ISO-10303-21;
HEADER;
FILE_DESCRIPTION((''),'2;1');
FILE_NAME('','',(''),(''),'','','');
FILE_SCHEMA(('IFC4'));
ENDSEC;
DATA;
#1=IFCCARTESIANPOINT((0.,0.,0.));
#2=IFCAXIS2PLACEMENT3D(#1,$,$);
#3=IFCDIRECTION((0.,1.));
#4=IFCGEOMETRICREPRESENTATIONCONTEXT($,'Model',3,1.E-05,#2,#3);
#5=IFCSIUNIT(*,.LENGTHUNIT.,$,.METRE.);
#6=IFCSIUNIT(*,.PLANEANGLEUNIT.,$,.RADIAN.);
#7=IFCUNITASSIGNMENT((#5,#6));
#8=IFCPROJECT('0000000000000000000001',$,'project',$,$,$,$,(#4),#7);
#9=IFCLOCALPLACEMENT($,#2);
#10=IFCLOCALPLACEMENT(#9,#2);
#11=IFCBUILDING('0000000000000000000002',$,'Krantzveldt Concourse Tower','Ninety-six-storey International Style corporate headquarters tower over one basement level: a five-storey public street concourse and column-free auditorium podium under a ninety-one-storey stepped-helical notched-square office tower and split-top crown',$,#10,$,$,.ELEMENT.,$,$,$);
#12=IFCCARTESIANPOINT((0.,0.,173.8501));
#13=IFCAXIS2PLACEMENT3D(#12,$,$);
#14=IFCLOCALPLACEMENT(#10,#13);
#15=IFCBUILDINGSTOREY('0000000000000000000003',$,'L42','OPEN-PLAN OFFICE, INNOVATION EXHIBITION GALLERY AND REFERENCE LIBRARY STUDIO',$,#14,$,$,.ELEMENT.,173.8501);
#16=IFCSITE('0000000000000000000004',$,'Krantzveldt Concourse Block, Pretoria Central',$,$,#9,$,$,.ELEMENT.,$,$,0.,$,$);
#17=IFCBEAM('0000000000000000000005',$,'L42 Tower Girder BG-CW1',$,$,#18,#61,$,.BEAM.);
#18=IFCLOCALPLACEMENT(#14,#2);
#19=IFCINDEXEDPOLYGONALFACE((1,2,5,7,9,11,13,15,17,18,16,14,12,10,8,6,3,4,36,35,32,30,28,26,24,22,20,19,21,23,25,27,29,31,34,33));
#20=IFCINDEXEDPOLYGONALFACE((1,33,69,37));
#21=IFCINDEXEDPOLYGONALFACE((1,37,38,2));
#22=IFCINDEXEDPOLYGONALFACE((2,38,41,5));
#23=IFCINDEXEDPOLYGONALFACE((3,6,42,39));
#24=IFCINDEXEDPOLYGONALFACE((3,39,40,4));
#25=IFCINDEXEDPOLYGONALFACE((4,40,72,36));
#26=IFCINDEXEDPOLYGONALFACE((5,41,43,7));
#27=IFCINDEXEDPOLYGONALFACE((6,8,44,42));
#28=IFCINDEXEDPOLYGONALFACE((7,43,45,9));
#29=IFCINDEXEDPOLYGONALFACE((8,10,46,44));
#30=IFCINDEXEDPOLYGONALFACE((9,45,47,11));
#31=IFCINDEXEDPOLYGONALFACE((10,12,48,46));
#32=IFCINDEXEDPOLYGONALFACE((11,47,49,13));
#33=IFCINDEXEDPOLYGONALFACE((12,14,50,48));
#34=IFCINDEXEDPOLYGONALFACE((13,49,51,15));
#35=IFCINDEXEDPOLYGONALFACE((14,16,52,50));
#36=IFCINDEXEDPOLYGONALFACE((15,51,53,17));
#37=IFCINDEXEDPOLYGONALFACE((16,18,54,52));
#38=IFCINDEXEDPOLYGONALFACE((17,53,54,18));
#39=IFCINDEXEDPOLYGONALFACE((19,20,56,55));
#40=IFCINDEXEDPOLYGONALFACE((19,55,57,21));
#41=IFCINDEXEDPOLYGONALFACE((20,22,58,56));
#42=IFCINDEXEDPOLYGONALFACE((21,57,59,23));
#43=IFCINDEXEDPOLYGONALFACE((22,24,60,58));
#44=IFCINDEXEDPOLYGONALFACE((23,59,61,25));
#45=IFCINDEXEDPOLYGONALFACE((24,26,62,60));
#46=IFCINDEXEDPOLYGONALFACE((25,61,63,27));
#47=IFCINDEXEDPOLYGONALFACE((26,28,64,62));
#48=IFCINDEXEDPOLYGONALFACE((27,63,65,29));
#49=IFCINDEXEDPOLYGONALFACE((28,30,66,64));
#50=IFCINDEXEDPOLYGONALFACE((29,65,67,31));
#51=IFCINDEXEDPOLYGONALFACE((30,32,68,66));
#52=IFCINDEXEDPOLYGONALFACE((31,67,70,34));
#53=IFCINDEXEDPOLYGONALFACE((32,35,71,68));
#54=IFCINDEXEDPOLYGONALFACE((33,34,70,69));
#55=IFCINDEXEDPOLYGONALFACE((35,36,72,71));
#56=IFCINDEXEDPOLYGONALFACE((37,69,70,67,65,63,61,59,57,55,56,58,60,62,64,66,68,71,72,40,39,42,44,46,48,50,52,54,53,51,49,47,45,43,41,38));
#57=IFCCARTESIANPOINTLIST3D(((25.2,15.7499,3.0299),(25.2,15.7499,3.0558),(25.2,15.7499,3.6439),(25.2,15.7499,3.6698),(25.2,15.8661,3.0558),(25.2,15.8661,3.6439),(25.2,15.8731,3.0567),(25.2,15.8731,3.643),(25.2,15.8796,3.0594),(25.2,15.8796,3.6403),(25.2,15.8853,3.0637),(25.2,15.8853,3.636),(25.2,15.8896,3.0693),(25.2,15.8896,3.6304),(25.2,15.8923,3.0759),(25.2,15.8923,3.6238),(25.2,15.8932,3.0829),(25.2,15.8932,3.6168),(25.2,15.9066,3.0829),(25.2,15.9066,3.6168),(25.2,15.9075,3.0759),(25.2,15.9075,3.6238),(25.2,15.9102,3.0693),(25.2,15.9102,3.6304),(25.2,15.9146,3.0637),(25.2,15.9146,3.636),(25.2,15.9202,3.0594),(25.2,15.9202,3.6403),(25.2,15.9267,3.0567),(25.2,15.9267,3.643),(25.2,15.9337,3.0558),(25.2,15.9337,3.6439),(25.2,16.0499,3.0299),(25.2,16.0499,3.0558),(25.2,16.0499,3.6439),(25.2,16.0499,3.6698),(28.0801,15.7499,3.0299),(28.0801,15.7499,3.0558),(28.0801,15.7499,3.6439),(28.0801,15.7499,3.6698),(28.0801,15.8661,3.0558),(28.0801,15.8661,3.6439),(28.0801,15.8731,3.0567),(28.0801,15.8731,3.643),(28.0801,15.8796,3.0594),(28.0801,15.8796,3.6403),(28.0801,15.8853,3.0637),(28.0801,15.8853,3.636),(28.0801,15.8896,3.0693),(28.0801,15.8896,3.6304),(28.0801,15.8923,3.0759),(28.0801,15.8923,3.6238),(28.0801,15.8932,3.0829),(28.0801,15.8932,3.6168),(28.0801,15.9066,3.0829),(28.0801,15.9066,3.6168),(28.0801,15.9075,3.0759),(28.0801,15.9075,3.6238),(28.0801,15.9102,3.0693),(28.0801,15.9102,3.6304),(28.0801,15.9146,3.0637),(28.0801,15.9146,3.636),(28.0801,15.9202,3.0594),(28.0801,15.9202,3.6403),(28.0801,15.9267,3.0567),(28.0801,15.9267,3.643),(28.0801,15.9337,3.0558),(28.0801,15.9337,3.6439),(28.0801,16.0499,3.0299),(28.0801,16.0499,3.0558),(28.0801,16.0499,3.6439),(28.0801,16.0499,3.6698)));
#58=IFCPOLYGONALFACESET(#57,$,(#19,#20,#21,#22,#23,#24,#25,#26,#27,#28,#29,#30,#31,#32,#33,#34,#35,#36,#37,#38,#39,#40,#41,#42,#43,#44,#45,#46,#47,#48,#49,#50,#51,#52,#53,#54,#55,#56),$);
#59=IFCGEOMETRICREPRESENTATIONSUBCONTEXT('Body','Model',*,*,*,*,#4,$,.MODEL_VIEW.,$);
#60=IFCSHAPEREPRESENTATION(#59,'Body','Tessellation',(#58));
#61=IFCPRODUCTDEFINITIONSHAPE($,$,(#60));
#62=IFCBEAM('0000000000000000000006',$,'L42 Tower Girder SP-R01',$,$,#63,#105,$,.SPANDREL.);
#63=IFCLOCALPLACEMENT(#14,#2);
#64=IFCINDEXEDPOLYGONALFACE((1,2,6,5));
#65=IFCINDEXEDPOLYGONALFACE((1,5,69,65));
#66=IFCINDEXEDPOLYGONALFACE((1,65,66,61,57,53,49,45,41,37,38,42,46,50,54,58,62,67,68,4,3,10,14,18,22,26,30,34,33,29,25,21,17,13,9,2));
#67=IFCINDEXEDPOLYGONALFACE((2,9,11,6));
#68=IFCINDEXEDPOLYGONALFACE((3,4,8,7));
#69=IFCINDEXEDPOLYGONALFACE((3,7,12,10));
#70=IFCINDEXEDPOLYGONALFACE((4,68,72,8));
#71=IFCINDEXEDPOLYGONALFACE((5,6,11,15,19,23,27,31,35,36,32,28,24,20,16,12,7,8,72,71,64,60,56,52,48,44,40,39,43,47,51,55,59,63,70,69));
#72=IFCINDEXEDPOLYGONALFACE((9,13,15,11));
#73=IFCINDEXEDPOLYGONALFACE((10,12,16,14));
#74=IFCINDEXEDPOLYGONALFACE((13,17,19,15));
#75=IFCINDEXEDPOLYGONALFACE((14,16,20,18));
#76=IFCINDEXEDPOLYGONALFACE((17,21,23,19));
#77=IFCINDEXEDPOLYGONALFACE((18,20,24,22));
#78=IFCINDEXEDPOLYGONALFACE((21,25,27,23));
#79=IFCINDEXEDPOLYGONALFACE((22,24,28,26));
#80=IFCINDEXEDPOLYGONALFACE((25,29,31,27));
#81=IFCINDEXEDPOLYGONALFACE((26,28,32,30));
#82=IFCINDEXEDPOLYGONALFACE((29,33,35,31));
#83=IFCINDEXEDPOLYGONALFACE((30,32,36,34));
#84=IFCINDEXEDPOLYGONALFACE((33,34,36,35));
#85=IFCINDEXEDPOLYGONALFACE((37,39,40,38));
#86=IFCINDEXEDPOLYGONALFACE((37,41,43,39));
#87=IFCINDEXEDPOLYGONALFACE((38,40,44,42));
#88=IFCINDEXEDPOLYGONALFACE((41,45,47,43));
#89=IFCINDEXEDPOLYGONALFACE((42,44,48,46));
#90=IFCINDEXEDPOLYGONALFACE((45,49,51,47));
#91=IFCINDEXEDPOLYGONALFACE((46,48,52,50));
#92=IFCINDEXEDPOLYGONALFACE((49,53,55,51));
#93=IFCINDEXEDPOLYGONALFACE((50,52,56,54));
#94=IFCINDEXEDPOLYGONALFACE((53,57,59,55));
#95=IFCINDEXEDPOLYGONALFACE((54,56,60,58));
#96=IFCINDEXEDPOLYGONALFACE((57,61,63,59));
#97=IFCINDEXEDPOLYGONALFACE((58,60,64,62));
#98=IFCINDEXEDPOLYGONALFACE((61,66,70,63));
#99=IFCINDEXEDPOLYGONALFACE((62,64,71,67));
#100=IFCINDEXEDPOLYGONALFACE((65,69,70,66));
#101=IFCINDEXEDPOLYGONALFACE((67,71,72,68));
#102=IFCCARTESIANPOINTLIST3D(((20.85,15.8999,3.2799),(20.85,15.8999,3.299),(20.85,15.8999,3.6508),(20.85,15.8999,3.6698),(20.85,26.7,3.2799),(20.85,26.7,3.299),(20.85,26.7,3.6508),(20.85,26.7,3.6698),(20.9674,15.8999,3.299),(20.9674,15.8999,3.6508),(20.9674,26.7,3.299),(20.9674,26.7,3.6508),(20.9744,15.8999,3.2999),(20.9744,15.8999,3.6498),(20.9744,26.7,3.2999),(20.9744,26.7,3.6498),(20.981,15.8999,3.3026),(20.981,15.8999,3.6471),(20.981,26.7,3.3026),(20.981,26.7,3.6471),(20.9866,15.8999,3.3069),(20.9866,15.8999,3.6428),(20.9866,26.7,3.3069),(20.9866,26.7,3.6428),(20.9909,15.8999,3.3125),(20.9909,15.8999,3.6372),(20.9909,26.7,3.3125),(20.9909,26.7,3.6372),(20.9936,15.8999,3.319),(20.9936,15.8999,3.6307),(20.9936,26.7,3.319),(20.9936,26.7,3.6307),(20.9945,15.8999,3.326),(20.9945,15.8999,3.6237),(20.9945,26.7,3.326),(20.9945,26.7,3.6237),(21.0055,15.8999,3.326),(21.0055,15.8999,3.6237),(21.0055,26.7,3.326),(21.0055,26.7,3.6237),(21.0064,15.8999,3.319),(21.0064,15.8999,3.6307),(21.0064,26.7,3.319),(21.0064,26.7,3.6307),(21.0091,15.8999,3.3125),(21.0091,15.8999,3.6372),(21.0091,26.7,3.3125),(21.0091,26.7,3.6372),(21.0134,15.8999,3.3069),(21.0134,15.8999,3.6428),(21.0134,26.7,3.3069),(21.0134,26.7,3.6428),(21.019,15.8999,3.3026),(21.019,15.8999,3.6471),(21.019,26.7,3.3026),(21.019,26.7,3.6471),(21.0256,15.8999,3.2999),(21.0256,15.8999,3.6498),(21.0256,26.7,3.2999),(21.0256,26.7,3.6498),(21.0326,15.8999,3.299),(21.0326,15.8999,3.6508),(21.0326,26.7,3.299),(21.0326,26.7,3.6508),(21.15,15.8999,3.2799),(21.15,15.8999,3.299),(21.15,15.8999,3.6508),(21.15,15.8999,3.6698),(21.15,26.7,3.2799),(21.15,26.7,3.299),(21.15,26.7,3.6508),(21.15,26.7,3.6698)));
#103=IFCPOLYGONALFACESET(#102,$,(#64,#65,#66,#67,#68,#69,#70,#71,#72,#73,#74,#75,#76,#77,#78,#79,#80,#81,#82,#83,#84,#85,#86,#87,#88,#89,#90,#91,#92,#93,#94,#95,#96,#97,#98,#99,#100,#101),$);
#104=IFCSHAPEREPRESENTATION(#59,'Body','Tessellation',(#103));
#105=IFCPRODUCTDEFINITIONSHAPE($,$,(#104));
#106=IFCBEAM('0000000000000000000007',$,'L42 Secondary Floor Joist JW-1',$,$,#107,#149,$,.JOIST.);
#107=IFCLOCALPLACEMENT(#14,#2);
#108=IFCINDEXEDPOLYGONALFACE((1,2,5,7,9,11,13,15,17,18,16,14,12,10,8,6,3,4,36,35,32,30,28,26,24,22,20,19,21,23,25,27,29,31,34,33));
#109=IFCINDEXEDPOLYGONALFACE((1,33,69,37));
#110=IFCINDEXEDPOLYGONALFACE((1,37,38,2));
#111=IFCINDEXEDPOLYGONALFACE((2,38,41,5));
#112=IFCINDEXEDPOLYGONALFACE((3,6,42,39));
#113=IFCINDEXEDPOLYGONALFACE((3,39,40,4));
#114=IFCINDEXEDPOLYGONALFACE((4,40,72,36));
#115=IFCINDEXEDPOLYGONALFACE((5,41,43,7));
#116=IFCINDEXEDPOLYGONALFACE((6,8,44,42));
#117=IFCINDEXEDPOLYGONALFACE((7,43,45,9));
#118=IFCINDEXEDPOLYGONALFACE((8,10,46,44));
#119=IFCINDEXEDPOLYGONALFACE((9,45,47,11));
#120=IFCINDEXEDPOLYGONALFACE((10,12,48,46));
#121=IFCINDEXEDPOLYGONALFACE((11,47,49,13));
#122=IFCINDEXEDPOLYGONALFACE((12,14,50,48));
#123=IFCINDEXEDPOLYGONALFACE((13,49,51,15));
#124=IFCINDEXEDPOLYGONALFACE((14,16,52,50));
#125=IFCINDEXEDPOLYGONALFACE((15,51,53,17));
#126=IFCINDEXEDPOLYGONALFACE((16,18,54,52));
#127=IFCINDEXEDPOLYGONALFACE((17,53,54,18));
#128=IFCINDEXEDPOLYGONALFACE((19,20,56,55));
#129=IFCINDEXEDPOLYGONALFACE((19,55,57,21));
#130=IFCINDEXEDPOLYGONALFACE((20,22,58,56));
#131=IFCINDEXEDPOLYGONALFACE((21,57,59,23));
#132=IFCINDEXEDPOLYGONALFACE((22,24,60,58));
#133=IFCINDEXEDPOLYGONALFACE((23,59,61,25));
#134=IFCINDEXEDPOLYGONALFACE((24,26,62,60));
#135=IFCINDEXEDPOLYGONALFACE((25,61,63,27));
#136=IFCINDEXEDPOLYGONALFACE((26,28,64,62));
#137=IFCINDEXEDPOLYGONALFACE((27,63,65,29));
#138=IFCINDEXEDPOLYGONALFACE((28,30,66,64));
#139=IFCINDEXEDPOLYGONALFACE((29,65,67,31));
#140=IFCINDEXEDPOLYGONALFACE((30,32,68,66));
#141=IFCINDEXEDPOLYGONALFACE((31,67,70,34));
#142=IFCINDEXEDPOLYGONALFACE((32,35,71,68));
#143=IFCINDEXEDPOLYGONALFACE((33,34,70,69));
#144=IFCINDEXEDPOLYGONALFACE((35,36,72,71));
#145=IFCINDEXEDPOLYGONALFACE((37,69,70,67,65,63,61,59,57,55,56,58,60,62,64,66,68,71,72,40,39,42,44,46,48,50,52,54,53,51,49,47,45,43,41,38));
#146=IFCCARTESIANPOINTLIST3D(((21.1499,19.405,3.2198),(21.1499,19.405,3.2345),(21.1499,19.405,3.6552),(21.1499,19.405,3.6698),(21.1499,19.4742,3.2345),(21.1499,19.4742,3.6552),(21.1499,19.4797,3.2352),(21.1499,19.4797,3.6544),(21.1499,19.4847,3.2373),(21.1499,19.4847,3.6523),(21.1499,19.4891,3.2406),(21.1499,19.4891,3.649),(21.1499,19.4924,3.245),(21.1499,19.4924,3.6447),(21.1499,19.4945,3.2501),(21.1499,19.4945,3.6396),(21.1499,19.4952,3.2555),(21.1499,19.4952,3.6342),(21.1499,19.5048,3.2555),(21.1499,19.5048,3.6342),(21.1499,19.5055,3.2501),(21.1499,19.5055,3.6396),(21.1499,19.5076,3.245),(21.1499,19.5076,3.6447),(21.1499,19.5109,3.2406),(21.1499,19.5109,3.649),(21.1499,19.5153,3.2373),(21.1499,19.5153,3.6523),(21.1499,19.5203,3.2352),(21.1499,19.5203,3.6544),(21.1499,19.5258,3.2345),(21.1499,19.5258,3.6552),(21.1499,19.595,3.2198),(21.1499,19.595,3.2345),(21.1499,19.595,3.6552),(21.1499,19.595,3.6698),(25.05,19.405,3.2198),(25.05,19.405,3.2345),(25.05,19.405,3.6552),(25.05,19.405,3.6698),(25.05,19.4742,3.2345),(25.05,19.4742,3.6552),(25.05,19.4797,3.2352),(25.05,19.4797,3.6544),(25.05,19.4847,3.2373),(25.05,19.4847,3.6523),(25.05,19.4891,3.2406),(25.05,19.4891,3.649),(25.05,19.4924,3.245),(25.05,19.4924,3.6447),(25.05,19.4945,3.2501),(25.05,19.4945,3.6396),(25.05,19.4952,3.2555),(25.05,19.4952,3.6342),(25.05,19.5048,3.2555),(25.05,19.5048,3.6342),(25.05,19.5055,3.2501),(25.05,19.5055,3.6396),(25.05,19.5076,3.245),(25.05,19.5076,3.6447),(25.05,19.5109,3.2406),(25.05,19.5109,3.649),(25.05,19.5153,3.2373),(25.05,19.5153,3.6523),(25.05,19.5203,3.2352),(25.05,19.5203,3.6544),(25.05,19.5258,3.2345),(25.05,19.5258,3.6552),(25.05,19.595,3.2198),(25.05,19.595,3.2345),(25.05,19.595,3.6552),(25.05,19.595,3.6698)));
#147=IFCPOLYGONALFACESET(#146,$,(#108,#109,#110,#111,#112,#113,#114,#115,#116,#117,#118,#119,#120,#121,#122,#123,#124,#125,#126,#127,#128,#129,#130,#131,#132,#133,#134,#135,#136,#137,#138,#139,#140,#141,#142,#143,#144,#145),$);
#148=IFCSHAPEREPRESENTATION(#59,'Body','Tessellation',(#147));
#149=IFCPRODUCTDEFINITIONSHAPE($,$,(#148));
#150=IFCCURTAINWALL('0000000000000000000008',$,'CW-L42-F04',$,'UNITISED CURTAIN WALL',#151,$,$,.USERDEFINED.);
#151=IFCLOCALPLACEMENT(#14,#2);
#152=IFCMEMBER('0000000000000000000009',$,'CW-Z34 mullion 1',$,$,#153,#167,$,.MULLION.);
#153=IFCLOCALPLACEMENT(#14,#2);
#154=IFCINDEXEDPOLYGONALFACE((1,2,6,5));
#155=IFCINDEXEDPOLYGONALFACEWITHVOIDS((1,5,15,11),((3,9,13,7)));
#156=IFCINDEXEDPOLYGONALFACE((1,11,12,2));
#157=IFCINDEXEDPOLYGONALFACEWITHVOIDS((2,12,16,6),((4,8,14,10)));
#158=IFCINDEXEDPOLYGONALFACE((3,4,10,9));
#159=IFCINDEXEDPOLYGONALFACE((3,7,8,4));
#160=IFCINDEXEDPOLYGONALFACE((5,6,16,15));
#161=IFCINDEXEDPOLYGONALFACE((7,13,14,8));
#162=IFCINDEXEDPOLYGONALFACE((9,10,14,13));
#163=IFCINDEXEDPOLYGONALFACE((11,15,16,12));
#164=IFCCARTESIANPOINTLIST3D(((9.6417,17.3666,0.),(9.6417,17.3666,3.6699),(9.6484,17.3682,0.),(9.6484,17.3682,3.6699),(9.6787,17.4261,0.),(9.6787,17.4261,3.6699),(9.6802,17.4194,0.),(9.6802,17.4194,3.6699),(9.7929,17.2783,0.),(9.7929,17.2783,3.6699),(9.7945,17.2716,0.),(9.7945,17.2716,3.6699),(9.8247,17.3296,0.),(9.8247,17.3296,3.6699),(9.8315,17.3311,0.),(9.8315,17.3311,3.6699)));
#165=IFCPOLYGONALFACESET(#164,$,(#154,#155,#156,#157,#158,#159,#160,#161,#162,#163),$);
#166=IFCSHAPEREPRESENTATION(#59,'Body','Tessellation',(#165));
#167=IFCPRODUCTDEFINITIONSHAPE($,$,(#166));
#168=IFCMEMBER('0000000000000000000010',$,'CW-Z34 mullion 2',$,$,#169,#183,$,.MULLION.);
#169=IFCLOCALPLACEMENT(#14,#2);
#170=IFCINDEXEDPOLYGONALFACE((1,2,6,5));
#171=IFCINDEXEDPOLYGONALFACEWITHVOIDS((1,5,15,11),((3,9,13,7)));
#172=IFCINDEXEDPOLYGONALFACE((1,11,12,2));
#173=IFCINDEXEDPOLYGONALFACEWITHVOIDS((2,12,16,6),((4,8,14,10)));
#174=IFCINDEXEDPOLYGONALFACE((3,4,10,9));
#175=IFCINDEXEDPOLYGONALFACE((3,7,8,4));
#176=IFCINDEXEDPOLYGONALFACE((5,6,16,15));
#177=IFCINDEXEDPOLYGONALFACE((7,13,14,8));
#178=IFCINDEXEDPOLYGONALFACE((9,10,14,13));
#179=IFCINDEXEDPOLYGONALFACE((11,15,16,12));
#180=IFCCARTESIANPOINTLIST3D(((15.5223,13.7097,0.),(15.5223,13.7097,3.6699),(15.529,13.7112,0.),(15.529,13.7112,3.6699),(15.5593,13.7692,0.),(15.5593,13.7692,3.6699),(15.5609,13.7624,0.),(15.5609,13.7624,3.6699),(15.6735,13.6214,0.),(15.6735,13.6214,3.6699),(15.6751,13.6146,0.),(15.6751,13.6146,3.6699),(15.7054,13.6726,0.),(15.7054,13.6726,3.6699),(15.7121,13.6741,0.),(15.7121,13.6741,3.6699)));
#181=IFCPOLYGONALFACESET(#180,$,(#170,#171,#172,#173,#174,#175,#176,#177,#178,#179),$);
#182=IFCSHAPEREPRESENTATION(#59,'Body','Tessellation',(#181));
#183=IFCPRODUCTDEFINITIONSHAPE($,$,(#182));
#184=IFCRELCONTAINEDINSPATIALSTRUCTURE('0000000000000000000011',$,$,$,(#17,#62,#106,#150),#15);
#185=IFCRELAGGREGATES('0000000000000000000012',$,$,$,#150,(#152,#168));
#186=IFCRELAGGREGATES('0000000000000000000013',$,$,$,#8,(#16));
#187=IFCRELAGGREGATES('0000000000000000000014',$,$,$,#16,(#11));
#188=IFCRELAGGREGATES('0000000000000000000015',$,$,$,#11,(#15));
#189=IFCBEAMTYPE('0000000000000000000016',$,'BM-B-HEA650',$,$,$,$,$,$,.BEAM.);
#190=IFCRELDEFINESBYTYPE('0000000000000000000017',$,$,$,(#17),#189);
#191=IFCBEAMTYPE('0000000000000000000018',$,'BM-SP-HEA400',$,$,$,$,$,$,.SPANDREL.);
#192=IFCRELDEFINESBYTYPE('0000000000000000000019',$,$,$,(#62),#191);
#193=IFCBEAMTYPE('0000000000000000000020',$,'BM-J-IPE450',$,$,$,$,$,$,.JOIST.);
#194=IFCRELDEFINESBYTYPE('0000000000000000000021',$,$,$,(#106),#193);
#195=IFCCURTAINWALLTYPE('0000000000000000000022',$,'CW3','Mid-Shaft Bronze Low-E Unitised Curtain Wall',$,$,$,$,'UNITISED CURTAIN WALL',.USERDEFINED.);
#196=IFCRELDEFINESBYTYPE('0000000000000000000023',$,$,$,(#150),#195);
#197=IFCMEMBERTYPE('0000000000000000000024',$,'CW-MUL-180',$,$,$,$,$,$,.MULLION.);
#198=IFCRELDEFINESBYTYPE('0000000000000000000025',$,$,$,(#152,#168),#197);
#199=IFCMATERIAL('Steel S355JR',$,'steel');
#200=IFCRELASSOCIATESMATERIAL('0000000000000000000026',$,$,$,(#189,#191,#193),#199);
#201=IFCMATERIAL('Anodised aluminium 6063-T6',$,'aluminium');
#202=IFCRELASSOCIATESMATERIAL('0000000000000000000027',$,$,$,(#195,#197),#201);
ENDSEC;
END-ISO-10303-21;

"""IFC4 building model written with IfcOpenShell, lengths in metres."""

from ifc_helpers import new_model, si_unit, direction, frame, origin, origin_2d, place, context, subcontext, project, spatial, hollow_rectangle, i_section, extrude, source, transform, mapped, material, material_profile, profile_set, type_object, type_shapes, element, aggregate, save


model = new_model("IFC4")

# Units and contexts
model_context = context("Model", 3, precision=1e-05, world=origin(), true_north=direction((0.0, 1.0)))
body_context = subcontext(model_context, "Body", "Model", "MODEL_VIEW")
ifc_project = project(units=[si_unit("LENGTHUNIT", "METRE"), si_unit("PLANEANGLEUNIT", "RADIAN")], contexts=[model_context])

# Site, building, storey
site_placement = place(None, origin())
site = spatial("IfcSite", under=ifc_project, at=site_placement, Name="Krantzveldt Concourse Block, Pretoria Central", CompositionType="ELEMENT", RefElevation=0.0)
building_placement = place(site_placement, origin())
building = spatial("IfcBuilding", under=site, at=building_placement, Name="Krantzveldt Concourse Tower", Description="Ninety-six-storey International Style corporate headquarters tower over one basement level: a five-storey public street concourse and column-free auditorium podium under a ninety-one-storey stepped-helical notched-square office tower and split-top crown", CompositionType="ELEMENT")
storey_placement = place(building_placement, frame((0.0, 0.0, 173.8501)))
storey = spatial("IfcBuildingStorey", under=building, at=storey_placement, Name="L42", Description="OPEN-PLAN OFFICE, INNOVATION EXHIBITION GALLERY AND REFERENCE LIBRARY STUDIO", CompositionType="ELEMENT", Elevation=173.8501)

# Beams
ifc_material_1 = material(Name="Steel S355JR", Category="steel")
ifc_material_profile_1 = material_profile(ifc_material_1, i_section(OverallWidth=0.3, OverallDepth=0.6399, WebThickness=0.0134, FlangeThickness=0.0259, FilletRadius=0.0271, at=origin_2d()), Name="Steel S355JR", Category="steel")
ifc_profile_set_1 = profile_set([ifc_material_profile_1], Name="Steel S355JR - HEA 650")
beam_type_1 = type_object("IfcBeamType", Name="BM-B-HEA650", PredefinedType="BEAM", material=ifc_profile_set_1)
shared_shape_1 = source(origin(), body_context, "Body", "SweptSolid", [
    extrude(i_section(OverallWidth=0.3, OverallDepth=0.6399, WebThickness=0.0134, FlangeThickness=0.0259, FilletRadius=0.0271, at=origin_2d()), origin(), (0.0, 0.0, 1.0), 2.8801),
])
beam_1_placement = place(storey_placement, frame((25.2, 15.8999, 3.3499), z_axis=(1.0, 0.0, 0.0), x_axis=(0.0, 1.0, 0.0)))
element("IfcBeam", 1, at=beam_1_placement, inside=storey, type_object=beam_type_1, Name="L42 Tower Girder BG-CW1", PredefinedType="BEAM", context=body_context, shape_type="MappedRepresentation", body=[
    mapped(shared_shape_1, transform((0.0, 0.0, 0.0), x_axis=(1.0, 0.0, 0.0), y_axis=(0.0, 1.0, 0.0), z_axis=(0.0, 0.0, 1.0), scale=1.0)),
])
ifc_material_profile_2 = material_profile(ifc_material_1, i_section(OverallWidth=0.3, OverallDepth=0.3899, WebThickness=0.011, FlangeThickness=0.019, FilletRadius=0.0271, at=origin_2d()), Name="Steel S355JR", Category="steel")
ifc_profile_set_2 = profile_set([ifc_material_profile_2], Name="Steel S355JR - HEA 400")
beam_type_2 = type_object("IfcBeamType", Name="BM-SP-HEA400", PredefinedType="SPANDREL", material=ifc_profile_set_2)
shared_shape_2 = source(origin(), body_context, "Body", "SweptSolid", [
    extrude(i_section(OverallWidth=0.3, OverallDepth=0.3899, WebThickness=0.011, FlangeThickness=0.019, FilletRadius=0.0271, at=origin_2d()), origin(), (0.0, 0.0, 1.0), 10.8),
])
type_shapes(beam_type_2, [shared_shape_2])
beam_2_placement = place(storey_placement, frame((21.0, 15.8999, 3.4749), z_axis=(0.0, 1.0, 0.0), x_axis=(-1.0, 0.0, 0.0)))
element("IfcBeam", 2, at=beam_2_placement, inside=storey, type_object=beam_type_2, Name="L42 Tower Girder SP-R01", PredefinedType="SPANDREL", context=body_context, shape_type="MappedRepresentation", body=[
    mapped(shared_shape_2, transform((0.0, 0.0, 0.0), x_axis=(1.0, 0.0, 0.0), y_axis=(0.0, 1.0, 0.0), z_axis=(0.0, 0.0, 1.0), scale=1.0)),
])
ifc_material_profile_3 = material_profile(ifc_material_1, i_section(OverallWidth=0.1899, OverallDepth=0.45, WebThickness=0.0095, FlangeThickness=0.0146, FilletRadius=0.021, at=origin_2d()), Name="Steel S355JR", Category="steel")
ifc_profile_set_3 = profile_set([ifc_material_profile_3], Name="Steel S355JR - IPE 450")
beam_type_3 = type_object("IfcBeamType", Name="BM-J-IPE450", PredefinedType="JOIST", material=ifc_profile_set_3)
shared_shape_3 = source(origin(), body_context, "Body", "SweptSolid", [
    extrude(i_section(OverallWidth=0.1899, OverallDepth=0.45, WebThickness=0.0095, FlangeThickness=0.0146, FilletRadius=0.021, at=origin_2d()), origin(), (0.0, 0.0, 1.0), 3.9001),
])
type_shapes(beam_type_3, [shared_shape_3])
beam_3_placement = place(storey_placement, frame((21.1499, 19.5, 3.4448), z_axis=(1.0, 0.0, 0.0), x_axis=(0.0, 1.0, 0.0)))
element("IfcBeam", 3, at=beam_3_placement, inside=storey, type_object=beam_type_3, Name="L42 Secondary Floor Joist JW-1", PredefinedType="JOIST", context=body_context, shape_type="MappedRepresentation", body=[
    mapped(shared_shape_3, transform((0.0, 0.0, 0.0), x_axis=(1.0, 0.0, 0.0), y_axis=(0.0, 1.0, 0.0), z_axis=(0.0, 0.0, 1.0), scale=1.0)),
])

# Curtain wall, members
ifc_material_2 = material(Name="Anodised aluminium 6063-T6", Category="aluminium")
curtain_wall_type = type_object("IfcCurtainWallType", Name="CW3", Description="Mid-Shaft Bronze Low-E Unitised Curtain Wall", ElementType="UNITISED CURTAIN WALL", PredefinedType="USERDEFINED", material=ifc_material_2)
curtain_wall_placement = place(storey_placement, origin())
curtain_wall = element("IfcCurtainWall", 4, at=curtain_wall_placement, inside=storey, type_object=curtain_wall_type, Name="CW-L42-F04", ObjectType="UNITISED CURTAIN WALL", PredefinedType="USERDEFINED")
ifc_material_profile_4 = material_profile(ifc_material_2, hollow_rectangle(XDim=0.0701, YDim=0.1799, WallThickness=0.0049, at=origin_2d()), Name="Anodised aluminium 6063-T6", Category="aluminium")
ifc_profile_set_4 = profile_set([ifc_material_profile_4], Name="Anodised aluminium 6063-T6 - ALU-MULL 180x70x5")
member_type_1 = type_object("IfcMemberType", Name="CW-MUL-180", PredefinedType="MULLION", material=ifc_profile_set_4)
shared_shape_4 = source(origin(), body_context, "Body", "SweptSolid", [
    extrude(hollow_rectangle(XDim=0.0701, YDim=0.1799, WallThickness=0.0049, at=origin_2d()), origin(), (0.0, 0.0, 1.0), 3.6699),
])
type_shapes(member_type_1, [shared_shape_4])
member_1_placement = place(storey_placement, frame((9.7366, 17.3489, 0.0), z_axis=(0.0, 0.0, 1.0), x_axis=(0.528068, 0.849202, 0.0)))
member_1 = element("IfcMember", 5, at=member_1_placement, type_object=member_type_1, Name="CW-Z34 mullion 1", PredefinedType="MULLION", context=body_context, shape_type="MappedRepresentation", body=[
    mapped(shared_shape_4, transform((0.0, 0.0, 0.0), x_axis=(1.0, 0.0, 0.0), y_axis=(0.0, 1.0, 0.0), z_axis=(0.0, 0.0, 1.0), scale=1.0)),
])
member_2_placement = place(storey_placement, frame((15.6172, 13.6919, 0.0), z_axis=(0.0, 0.0, 1.0), x_axis=(0.528068, 0.849202, 0.0)))
member_2 = element("IfcMember", 6, at=member_2_placement, type_object=member_type_1, Name="CW-Z34 mullion 2", PredefinedType="MULLION", context=body_context, shape_type="MappedRepresentation", body=[
    mapped(shared_shape_4, transform((0.0, 0.0, 0.0), x_axis=(1.0, 0.0, 0.0), y_axis=(0.0, 1.0, 0.0), z_axis=(0.0, 0.0, 1.0), scale=1.0)),
])

aggregate(curtain_wall, [member_1, member_2])

save(model, "model.ifc")
